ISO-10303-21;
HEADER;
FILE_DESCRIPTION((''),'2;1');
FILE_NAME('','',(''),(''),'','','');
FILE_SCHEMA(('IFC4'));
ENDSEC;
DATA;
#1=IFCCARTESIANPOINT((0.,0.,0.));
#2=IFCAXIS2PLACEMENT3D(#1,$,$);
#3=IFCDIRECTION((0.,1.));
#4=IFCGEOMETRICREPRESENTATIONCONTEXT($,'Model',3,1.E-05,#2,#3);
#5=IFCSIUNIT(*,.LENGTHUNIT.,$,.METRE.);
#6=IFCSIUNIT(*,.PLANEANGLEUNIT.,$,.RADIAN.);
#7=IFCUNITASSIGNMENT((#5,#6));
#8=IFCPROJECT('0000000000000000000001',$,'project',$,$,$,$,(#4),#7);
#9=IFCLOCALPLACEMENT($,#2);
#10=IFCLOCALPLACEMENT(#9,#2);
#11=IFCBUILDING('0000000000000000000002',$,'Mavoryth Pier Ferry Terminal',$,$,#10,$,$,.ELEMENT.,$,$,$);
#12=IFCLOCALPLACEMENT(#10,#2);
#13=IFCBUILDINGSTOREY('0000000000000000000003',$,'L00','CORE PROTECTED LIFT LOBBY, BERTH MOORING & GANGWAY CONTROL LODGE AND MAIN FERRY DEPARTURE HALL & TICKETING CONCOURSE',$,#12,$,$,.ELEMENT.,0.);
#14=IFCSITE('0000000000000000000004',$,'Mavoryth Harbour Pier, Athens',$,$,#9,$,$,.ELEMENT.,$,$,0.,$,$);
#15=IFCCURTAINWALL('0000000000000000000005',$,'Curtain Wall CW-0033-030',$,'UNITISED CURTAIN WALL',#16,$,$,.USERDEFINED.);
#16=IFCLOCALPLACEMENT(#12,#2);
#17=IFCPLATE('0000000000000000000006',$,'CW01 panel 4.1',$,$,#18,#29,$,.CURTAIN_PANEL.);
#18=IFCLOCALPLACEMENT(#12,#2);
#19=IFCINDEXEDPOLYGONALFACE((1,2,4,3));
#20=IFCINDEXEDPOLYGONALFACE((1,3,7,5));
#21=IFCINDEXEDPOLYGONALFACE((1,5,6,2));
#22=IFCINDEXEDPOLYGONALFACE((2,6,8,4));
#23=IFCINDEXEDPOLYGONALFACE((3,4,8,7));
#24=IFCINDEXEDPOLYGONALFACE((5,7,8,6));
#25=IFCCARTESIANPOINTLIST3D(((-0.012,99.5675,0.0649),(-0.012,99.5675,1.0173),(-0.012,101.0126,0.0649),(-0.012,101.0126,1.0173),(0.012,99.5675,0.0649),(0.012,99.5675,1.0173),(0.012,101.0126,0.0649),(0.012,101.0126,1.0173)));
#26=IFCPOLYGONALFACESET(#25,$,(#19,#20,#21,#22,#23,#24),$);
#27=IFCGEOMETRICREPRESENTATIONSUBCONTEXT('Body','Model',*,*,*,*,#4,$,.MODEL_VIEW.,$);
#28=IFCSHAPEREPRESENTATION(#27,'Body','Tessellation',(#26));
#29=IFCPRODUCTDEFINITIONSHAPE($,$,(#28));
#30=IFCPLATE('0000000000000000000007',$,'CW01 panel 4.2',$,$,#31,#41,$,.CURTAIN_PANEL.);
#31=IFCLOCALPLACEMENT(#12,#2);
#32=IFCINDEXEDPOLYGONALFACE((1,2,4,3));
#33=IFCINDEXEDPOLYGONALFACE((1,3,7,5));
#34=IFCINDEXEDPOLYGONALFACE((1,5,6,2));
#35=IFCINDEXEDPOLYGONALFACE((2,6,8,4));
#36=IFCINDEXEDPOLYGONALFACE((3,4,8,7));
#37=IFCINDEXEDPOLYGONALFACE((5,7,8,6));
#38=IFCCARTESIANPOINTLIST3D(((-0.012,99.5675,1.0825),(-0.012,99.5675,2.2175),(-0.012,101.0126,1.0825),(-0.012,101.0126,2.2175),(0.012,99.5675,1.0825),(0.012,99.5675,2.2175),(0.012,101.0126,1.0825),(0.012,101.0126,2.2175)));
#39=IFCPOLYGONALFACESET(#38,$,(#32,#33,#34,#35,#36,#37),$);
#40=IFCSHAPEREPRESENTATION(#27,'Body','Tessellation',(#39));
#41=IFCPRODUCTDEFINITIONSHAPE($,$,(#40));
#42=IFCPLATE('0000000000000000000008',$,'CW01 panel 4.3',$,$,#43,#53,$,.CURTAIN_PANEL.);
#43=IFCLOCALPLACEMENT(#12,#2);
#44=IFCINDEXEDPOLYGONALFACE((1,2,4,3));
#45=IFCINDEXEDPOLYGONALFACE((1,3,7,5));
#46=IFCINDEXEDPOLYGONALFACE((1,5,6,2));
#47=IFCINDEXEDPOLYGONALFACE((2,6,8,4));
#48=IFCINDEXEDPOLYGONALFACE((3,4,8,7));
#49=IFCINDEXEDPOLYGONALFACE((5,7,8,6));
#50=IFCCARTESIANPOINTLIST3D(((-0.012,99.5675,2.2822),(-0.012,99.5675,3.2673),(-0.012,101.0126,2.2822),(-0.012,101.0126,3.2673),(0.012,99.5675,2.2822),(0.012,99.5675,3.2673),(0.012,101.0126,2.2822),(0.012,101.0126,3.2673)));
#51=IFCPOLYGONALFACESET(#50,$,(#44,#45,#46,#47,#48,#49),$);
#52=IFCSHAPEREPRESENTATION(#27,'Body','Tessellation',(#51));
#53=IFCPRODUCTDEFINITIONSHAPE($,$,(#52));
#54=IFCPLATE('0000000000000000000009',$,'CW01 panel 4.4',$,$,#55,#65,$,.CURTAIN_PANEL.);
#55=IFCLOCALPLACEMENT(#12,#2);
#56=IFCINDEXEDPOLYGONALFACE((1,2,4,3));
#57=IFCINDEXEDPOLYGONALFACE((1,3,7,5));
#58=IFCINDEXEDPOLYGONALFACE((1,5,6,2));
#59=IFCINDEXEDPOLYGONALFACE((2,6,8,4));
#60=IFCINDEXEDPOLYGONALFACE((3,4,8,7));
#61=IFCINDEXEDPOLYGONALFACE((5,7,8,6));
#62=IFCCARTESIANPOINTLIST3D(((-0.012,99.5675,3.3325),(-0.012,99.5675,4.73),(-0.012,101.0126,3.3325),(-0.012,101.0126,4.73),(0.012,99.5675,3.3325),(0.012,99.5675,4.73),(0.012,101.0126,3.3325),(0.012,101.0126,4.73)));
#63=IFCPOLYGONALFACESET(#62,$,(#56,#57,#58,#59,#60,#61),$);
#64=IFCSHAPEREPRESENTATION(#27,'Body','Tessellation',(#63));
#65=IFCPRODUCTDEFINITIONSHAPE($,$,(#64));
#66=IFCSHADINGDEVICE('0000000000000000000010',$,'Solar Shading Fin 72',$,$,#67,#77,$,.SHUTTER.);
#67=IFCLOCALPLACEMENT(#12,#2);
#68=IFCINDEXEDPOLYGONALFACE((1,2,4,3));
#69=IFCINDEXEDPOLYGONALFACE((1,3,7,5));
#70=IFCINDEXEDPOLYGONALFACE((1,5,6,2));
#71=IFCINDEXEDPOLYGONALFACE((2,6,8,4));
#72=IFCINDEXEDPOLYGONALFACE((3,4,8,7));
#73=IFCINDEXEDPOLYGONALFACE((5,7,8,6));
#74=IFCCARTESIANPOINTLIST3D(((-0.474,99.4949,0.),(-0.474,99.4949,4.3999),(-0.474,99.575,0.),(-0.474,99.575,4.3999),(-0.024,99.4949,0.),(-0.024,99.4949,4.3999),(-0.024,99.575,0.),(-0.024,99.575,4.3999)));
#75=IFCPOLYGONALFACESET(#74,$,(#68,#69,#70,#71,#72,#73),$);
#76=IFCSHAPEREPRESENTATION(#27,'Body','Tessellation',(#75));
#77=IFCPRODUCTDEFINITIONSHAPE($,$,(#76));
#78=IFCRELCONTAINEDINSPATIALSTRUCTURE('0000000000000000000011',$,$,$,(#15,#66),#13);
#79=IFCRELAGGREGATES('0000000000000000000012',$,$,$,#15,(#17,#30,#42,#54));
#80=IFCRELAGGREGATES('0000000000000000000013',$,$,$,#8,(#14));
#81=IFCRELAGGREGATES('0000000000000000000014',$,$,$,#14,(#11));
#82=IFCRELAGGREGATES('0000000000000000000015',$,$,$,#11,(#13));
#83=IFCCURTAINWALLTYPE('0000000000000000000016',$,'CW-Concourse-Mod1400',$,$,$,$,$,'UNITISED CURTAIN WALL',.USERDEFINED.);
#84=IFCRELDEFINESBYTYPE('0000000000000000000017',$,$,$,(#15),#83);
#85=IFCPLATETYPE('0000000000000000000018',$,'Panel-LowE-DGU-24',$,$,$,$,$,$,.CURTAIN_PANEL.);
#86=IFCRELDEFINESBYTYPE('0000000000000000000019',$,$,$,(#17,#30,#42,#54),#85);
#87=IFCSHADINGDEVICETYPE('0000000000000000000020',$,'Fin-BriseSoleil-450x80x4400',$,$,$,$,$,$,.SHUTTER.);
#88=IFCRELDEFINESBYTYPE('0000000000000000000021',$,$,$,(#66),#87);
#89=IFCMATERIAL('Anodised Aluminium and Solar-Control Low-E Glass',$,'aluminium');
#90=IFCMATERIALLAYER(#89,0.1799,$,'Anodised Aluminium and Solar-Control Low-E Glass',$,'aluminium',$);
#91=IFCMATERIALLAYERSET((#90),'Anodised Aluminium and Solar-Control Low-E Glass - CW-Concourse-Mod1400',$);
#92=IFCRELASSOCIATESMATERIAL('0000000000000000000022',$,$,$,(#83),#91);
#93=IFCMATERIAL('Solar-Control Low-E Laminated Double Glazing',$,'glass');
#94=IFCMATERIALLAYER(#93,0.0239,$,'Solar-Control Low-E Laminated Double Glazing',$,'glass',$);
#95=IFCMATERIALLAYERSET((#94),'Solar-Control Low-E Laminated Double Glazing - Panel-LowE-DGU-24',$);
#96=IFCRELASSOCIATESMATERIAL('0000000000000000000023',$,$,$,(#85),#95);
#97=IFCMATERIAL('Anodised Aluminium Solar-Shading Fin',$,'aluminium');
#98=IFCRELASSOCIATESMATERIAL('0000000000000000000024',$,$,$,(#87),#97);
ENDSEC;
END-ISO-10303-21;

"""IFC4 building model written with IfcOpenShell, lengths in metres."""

from ifc_helpers import new_model, si_unit, direction, frame, origin, origin_2d, place, context, subcontext, project, spatial, rectangle, extrude, material, layer, layer_set, type_object, element, aggregate, save


model = new_model("IFC4")

# Units and contexts
model_context = context("Model", 3, precision=1e-05, world=origin(), true_north=direction((0.0, 1.0)))
body_context = subcontext(model_context, "Body", "Model", "MODEL_VIEW")
ifc_project = project(units=[si_unit("LENGTHUNIT", "METRE"), si_unit("PLANEANGLEUNIT", "RADIAN")], contexts=[model_context])

# Site, building, storey
site_placement = place(None, origin())
site = spatial("IfcSite", under=ifc_project, at=site_placement, Name="Mavoryth Harbour Pier, Athens", CompositionType="ELEMENT", RefElevation=0.0)
building_placement = place(site_placement, origin())
building = spatial("IfcBuilding", under=site, at=building_placement, Name="Mavoryth Pier Ferry Terminal", CompositionType="ELEMENT")
storey_placement = place(building_placement, origin())
storey = spatial("IfcBuildingStorey", under=building, at=storey_placement, Name="L00", Description="CORE PROTECTED LIFT LOBBY, BERTH MOORING & GANGWAY CONTROL LODGE AND MAIN FERRY DEPARTURE HALL & TICKETING CONCOURSE", CompositionType="ELEMENT", Elevation=0.0)

# Curtain wall, plates
ifc_material_1 = material(Name="Anodised Aluminium and Solar-Control Low-E Glass", Category="aluminium")
ifc_layer_1 = layer(ifc_material_1, 0.1799, Name="Anodised Aluminium and Solar-Control Low-E Glass", Category="aluminium")
ifc_layer_set_1 = layer_set([ifc_layer_1], Name="Anodised Aluminium and Solar-Control Low-E Glass - CW-Concourse-Mod1400")
curtain_wall_type = type_object("IfcCurtainWallType", Name="CW-Concourse-Mod1400", ElementType="UNITISED CURTAIN WALL", PredefinedType="USERDEFINED", material=ifc_layer_set_1)
curtain_wall_placement = place(storey_placement, origin())
curtain_wall = element("IfcCurtainWall", 1, at=curtain_wall_placement, inside=storey, type_object=curtain_wall_type, Name="Curtain Wall CW-0033-030", ObjectType="UNITISED CURTAIN WALL", PredefinedType="USERDEFINED")
ifc_material_2 = material(Name="Solar-Control Low-E Laminated Double Glazing", Category="glass")
ifc_layer_2 = layer(ifc_material_2, 0.0239, Name="Solar-Control Low-E Laminated Double Glazing", Category="glass")
ifc_layer_set_2 = layer_set([ifc_layer_2], Name="Solar-Control Low-E Laminated Double Glazing - Panel-LowE-DGU-24")
plate_type = type_object("IfcPlateType", Name="Panel-LowE-DGU-24", PredefinedType="CURTAIN_PANEL", material=ifc_layer_set_2)
plate_1_placement = place(storey_placement, frame((0.0, 100.29, 0.0649), z_axis=(0.0, 0.0, 1.0), x_axis=(0.0, -1.0, 0.0)))
plate_1 = element("IfcPlate", 2, at=plate_1_placement, type_object=plate_type, Name="CW01 panel 4.1", PredefinedType="CURTAIN_PANEL", context=body_context, shape_type="SweptSolid", body=[
    extrude(rectangle(XDim=1.4451, YDim=0.0239, at=origin_2d()), origin(), (0.0, 0.0, 1.0), 0.9524),
])
plate_2_placement = place(storey_placement, frame((0.0, 100.29, 1.0825), z_axis=(0.0, 0.0, 1.0), x_axis=(0.0, -1.0, 0.0)))
plate_2 = element("IfcPlate", 3, at=plate_2_placement, type_object=plate_type, Name="CW01 panel 4.2", PredefinedType="CURTAIN_PANEL", context=body_context, shape_type="SweptSolid", body=[
    extrude(rectangle(XDim=1.4451, YDim=0.0239, at=origin_2d()), origin(), (0.0, 0.0, 1.0), 1.135),
])
plate_3_placement = place(storey_placement, frame((0.0, 100.29, 2.2822), z_axis=(0.0, 0.0, 1.0), x_axis=(0.0, -1.0, 0.0)))
plate_3 = element("IfcPlate", 4, at=plate_3_placement, type_object=plate_type, Name="CW01 panel 4.3", PredefinedType="CURTAIN_PANEL", context=body_context, shape_type="SweptSolid", body=[
    extrude(rectangle(XDim=1.4451, YDim=0.0239, at=origin_2d()), origin(), (0.0, 0.0, 1.0), 0.9851),
])
plate_4_placement = place(storey_placement, frame((0.0, 100.29, 3.3325), z_axis=(0.0, 0.0, 1.0), x_axis=(0.0, -1.0, 0.0)))
plate_4 = element("IfcPlate", 5, at=plate_4_placement, type_object=plate_type, Name="CW01 panel 4.4", PredefinedType="CURTAIN_PANEL", context=body_context, shape_type="SweptSolid", body=[
    extrude(rectangle(XDim=1.4451, YDim=0.0239, at=origin_2d()), origin(), (0.0, 0.0, 1.0), 1.3975),
])
aggregate(curtain_wall, [plate_1, plate_2, plate_3, plate_4])

# Shading device
ifc_material_3 = material(Name="Anodised Aluminium Solar-Shading Fin", Category="aluminium")
shading_device_type = type_object("IfcShadingDeviceType", Name="Fin-BriseSoleil-450x80x4400", PredefinedType="SHUTTER", material=ifc_material_3)
shading_device_placement = place(storey_placement, frame((-0.249, 99.5349, 0.0), z_axis=(0.0, 0.0, 1.0), x_axis=(0.0, -1.0, 0.0)))
element("IfcShadingDevice", 6, at=shading_device_placement, inside=storey, type_object=shading_device_type, Name="Solar Shading Fin 72", PredefinedType="SHUTTER", context=body_context, shape_type="SweptSolid", body=[
    extrude(rectangle(XDim=0.0801, YDim=0.45, at=origin_2d()), origin(), (0.0, 0.0, 1.0), 4.3999),
])

save(model, "model.ifc")
